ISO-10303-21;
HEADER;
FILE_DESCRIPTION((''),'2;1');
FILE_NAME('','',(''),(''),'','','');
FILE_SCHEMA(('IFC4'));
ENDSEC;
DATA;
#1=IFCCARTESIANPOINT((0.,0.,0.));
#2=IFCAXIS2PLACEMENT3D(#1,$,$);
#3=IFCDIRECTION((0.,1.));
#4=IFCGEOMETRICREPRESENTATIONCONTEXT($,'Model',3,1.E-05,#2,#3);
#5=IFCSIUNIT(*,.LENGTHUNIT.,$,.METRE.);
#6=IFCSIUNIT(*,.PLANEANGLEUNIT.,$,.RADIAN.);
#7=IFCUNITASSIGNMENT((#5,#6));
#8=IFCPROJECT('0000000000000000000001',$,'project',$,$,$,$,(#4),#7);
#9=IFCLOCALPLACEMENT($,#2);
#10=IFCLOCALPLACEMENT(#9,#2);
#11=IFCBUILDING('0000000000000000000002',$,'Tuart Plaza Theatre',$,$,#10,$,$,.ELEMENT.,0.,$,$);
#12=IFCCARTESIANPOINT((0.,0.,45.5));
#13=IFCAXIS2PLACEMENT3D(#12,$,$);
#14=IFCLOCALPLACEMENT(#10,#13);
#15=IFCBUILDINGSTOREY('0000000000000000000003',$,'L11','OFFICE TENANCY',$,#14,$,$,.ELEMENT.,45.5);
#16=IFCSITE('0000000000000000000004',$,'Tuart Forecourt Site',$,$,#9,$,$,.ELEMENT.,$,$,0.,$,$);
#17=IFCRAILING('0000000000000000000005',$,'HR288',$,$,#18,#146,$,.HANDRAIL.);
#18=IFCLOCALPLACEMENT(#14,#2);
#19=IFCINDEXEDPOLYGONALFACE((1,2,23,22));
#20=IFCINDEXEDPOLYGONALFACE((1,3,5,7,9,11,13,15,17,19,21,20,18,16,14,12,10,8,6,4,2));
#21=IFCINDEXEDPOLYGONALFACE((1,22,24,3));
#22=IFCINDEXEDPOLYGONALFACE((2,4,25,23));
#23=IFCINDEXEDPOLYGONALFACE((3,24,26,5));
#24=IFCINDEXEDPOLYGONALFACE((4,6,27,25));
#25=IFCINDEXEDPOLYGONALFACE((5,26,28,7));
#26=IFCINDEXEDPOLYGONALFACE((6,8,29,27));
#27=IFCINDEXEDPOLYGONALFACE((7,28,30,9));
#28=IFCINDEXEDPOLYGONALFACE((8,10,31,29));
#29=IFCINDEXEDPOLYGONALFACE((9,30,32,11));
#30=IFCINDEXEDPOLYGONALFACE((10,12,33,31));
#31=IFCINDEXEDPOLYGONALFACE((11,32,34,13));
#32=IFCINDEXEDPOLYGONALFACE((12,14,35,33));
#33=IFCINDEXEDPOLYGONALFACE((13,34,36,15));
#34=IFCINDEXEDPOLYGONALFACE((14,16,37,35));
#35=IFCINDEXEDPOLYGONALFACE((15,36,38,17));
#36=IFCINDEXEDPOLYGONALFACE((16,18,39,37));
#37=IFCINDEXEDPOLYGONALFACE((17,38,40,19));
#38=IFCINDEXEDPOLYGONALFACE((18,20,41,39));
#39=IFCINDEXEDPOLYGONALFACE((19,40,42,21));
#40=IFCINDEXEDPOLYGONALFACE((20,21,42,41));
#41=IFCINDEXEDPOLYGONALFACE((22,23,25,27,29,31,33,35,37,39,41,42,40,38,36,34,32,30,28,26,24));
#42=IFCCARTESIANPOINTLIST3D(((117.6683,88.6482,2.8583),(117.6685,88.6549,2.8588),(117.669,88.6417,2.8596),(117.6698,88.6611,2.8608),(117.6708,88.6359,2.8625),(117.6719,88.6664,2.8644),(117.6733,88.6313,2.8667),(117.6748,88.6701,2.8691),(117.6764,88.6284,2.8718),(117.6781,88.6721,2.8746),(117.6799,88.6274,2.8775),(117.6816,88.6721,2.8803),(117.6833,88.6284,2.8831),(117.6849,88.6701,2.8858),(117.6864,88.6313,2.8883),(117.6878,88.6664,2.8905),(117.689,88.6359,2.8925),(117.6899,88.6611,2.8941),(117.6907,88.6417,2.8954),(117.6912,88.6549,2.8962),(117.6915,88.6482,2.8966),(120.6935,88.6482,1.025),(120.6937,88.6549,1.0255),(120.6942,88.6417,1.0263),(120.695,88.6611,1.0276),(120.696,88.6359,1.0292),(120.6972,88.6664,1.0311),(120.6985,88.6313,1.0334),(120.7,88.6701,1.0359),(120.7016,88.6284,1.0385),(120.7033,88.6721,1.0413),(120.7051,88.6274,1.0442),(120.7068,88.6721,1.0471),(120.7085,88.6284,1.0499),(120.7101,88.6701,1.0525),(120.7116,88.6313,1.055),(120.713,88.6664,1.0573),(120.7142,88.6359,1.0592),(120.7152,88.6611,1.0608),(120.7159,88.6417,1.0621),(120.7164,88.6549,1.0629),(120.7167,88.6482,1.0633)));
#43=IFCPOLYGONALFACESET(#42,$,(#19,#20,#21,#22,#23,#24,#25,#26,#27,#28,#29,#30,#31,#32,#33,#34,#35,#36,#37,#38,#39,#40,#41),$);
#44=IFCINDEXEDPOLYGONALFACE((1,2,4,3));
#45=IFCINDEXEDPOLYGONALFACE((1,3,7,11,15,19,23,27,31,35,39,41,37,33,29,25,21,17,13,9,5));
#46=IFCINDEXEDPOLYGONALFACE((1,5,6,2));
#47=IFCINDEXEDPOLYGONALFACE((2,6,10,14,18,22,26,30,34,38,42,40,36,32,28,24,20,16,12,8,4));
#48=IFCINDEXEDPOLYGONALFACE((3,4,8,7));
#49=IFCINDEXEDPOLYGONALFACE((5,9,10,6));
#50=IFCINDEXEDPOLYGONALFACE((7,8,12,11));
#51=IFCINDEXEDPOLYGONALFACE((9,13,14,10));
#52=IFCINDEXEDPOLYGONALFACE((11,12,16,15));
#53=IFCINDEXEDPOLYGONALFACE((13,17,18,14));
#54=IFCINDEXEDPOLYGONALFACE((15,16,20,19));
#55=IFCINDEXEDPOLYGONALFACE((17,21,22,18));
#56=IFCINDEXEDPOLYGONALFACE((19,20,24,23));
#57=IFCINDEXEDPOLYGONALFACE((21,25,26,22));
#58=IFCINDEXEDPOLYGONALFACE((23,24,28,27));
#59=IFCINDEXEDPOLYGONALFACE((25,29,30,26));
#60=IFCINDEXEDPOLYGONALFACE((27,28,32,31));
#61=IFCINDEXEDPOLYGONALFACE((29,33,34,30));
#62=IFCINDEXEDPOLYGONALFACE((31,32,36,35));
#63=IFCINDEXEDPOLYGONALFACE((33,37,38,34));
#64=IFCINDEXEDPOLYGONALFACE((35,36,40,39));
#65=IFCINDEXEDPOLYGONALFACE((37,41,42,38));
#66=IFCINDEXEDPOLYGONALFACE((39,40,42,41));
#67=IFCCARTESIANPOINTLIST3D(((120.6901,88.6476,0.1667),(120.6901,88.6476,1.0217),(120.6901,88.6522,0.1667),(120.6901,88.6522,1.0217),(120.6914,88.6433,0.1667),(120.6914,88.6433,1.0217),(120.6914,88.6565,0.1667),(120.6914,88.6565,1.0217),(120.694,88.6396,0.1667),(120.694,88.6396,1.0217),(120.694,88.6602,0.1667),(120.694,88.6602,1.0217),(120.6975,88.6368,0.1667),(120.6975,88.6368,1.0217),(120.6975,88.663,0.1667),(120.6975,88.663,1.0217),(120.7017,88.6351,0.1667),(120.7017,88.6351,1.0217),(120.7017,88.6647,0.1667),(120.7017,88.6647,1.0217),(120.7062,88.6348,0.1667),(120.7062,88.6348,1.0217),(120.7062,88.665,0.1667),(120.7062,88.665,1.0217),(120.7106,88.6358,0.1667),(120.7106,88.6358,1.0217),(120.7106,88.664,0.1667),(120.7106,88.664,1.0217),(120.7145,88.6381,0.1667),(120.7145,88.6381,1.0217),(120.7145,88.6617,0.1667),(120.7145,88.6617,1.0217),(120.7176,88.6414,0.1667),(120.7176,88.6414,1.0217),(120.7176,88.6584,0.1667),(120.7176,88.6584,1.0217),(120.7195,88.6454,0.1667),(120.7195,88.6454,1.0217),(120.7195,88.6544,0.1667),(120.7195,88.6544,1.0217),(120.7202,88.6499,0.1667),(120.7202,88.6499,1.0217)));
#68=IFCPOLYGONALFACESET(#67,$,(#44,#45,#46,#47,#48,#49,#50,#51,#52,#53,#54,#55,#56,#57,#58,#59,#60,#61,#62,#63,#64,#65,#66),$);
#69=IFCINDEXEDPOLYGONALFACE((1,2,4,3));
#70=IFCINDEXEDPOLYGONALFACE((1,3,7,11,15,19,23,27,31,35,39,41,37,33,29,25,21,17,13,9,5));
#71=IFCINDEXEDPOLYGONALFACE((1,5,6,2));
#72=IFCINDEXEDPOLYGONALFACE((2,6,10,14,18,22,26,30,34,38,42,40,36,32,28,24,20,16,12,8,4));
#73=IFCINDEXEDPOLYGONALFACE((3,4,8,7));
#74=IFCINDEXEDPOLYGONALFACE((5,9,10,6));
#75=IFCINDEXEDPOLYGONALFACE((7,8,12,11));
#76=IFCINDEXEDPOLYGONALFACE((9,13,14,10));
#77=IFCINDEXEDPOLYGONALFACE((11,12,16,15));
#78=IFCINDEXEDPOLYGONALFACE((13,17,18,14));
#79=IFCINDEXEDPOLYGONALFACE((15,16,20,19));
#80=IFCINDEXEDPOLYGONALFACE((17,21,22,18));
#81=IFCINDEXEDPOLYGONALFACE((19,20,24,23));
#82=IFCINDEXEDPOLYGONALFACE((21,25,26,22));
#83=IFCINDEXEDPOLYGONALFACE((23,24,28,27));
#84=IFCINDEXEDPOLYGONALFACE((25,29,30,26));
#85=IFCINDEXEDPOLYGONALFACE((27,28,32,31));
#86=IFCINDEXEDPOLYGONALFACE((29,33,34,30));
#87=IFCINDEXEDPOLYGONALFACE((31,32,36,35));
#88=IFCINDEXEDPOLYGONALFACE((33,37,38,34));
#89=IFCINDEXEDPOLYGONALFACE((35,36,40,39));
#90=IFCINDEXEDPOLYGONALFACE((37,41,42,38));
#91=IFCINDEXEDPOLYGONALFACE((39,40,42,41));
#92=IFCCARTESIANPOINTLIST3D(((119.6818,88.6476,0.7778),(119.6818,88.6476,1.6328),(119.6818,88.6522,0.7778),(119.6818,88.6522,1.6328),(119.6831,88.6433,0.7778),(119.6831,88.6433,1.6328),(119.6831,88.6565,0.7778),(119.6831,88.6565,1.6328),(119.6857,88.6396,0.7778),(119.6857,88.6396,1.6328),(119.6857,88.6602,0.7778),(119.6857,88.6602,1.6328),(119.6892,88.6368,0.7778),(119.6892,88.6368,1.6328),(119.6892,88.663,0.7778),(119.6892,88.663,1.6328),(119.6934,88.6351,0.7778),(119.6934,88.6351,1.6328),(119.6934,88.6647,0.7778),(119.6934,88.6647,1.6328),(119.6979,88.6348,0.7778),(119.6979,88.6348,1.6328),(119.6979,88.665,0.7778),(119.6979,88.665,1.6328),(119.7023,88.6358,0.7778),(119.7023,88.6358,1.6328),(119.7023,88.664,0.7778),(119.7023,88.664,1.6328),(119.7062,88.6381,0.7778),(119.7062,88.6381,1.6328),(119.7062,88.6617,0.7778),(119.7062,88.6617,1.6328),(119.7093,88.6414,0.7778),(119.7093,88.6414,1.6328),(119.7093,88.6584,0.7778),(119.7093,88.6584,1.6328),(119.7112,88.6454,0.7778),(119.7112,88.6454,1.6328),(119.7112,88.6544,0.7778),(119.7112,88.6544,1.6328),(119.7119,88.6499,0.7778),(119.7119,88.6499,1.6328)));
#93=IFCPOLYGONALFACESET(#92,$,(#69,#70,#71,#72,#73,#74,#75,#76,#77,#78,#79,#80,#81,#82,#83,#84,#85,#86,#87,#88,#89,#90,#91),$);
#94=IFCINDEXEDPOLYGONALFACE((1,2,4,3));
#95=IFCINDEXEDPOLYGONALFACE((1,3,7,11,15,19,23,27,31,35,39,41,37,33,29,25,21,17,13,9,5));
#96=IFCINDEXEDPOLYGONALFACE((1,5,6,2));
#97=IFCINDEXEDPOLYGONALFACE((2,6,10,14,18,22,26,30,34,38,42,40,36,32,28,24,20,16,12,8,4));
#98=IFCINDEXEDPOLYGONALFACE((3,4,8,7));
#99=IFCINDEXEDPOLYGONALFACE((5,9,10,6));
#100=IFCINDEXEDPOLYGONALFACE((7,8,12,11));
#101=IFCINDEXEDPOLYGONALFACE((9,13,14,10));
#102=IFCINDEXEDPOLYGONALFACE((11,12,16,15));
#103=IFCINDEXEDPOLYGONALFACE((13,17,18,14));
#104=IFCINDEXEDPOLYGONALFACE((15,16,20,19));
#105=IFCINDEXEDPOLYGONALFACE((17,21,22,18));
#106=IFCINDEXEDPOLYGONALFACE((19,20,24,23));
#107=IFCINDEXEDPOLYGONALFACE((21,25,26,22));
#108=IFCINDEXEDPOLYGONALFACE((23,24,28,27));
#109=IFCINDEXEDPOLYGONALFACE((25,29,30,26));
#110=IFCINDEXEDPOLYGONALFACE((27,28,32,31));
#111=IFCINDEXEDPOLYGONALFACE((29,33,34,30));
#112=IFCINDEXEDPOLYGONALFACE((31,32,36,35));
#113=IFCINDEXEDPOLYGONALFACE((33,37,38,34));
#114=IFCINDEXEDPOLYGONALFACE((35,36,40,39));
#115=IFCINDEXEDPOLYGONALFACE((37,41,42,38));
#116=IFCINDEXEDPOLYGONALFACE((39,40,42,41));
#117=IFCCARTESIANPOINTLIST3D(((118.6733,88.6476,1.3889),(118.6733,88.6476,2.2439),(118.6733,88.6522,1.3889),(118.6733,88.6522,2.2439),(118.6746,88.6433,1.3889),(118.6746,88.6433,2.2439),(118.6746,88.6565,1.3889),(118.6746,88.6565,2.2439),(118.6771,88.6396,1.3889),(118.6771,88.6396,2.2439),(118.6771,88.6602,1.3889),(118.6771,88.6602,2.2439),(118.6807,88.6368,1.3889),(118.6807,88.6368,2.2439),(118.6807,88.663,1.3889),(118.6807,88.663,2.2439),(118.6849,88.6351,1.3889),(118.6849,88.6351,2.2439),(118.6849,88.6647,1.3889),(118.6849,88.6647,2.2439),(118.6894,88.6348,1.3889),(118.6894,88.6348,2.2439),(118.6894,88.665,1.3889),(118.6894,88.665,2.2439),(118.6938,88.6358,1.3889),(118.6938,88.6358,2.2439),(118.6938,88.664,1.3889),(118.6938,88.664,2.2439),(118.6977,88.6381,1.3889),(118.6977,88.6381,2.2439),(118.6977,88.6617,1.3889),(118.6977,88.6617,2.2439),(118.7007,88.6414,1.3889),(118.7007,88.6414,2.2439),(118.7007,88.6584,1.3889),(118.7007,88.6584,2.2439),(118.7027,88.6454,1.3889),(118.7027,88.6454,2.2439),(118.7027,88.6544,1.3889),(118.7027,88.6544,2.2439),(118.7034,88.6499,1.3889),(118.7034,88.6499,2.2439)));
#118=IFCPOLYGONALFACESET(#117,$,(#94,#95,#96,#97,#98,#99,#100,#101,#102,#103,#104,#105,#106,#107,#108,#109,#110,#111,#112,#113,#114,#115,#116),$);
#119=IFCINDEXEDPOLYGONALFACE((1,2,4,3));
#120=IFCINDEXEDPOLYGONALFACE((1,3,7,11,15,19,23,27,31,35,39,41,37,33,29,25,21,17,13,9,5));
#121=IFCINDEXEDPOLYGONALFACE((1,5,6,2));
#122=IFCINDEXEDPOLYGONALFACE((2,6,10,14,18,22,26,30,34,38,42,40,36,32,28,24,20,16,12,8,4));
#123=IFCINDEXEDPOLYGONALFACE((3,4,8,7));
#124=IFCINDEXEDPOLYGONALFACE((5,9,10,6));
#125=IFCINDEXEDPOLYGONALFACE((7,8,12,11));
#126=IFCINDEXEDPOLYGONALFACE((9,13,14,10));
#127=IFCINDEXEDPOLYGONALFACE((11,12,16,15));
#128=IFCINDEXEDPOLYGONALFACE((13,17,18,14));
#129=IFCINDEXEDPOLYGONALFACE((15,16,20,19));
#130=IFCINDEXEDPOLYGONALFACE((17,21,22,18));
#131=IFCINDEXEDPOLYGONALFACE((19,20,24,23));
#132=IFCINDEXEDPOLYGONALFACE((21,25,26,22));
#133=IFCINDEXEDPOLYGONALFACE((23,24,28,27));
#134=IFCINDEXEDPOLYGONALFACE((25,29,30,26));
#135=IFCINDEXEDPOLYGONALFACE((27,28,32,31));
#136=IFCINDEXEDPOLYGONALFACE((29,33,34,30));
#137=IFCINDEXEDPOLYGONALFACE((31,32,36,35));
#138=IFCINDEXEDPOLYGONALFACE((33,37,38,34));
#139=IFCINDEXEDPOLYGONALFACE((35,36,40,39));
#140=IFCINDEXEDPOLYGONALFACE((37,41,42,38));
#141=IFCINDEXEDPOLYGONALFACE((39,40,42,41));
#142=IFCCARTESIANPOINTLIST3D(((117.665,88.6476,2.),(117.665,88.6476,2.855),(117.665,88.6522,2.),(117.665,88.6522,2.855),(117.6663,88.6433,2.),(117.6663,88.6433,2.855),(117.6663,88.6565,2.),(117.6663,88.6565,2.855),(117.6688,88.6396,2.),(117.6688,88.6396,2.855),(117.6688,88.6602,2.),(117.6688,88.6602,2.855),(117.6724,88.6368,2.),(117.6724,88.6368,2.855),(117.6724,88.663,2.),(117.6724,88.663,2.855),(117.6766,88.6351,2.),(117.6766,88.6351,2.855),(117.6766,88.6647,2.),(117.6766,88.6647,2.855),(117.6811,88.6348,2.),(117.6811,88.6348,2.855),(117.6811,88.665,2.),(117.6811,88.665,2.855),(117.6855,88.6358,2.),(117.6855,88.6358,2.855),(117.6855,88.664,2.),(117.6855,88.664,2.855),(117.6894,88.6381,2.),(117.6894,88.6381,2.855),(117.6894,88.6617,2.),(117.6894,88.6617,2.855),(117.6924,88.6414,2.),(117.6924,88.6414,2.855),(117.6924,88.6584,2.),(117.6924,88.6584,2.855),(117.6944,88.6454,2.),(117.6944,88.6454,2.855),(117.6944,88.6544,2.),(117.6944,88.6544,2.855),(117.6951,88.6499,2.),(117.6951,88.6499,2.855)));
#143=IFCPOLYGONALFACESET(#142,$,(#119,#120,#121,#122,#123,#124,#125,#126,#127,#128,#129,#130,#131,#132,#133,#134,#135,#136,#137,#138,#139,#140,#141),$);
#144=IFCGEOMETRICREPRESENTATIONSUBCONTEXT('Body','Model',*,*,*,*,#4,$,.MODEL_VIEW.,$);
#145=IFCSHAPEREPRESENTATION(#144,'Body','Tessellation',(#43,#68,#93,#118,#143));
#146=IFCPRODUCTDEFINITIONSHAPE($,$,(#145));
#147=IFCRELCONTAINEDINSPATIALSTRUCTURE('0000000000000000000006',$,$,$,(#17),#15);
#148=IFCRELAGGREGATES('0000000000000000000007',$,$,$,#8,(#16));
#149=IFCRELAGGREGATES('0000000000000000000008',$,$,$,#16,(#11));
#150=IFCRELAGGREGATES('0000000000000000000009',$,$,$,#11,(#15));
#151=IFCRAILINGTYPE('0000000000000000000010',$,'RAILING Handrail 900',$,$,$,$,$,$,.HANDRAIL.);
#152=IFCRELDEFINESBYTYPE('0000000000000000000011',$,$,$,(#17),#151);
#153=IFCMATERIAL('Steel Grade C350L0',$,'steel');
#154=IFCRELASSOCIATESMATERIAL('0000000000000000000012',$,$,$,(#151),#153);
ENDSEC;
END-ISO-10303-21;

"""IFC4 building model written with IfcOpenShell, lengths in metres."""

from ifc_helpers import new_model, si_unit, direction, frame, origin, origin_2d, place, context, subcontext, project, spatial, circle, extrude, material, type_object, element, save


model = new_model("IFC4")

# Units and contexts
model_context = context("Model", 3, precision=1e-05, world=origin(), true_north=direction((0.0, 1.0)))
body_context = subcontext(model_context, "Body", "Model", "MODEL_VIEW")
ifc_project = project(units=[si_unit("LENGTHUNIT", "METRE"), si_unit("PLANEANGLEUNIT", "RADIAN")], contexts=[model_context])

# Site, building, storey
site_placement = place(None, origin())
site = spatial("IfcSite", under=ifc_project, at=site_placement, Name="Tuart Forecourt Site", CompositionType="ELEMENT", RefElevation=0.0)
building_placement = place(site_placement, origin())
building = spatial("IfcBuilding", under=site, at=building_placement, Name="Tuart Plaza Theatre", CompositionType="ELEMENT", ElevationOfRefHeight=0.0)
storey_placement = place(building_placement, frame((0.0, 0.0, 45.5)))
storey = spatial("IfcBuildingStorey", under=building, at=storey_placement, Name="L11", Description="OFFICE TENANCY", CompositionType="ELEMENT", Elevation=45.5)

# Railing
ifc_material_1 = material(Name="Steel Grade C350L0", Category="steel")
railing_type_1 = type_object("IfcRailingType", Name="RAILING Handrail 900", PredefinedType="HANDRAIL", material=ifc_material_1)
for number, where, name in (
    (1, (120.7051, 88.6499, 0.1667), "HR288"),
):
    element("IfcRailing", number, at=place(storey_placement, frame(where)), inside=storey, type_object=railing_type_1, Name=name, PredefinedType="HANDRAIL", context=body_context, shape_type="SweptSolid", body=[
        extrude(circle(Radius=0.0225, at=origin_2d()), frame((0.0, 0.0, 0.8774), z_axis=(-0.855219, 0.0, 0.518267), x_axis=(0.0, -1.0, 0.0)), (0.0, 0.0, 1.0), 3.5374),
        extrude(circle(Radius=0.0151, at=origin_2d()), origin(), (0.0, 0.0, 1.0), 0.855),
        extrude(circle(Radius=0.0151, at=origin_2d()), frame((-1.0083, 0.0, 0.6111)), (0.0, 0.0, 1.0), 0.855),
        extrude(circle(Radius=0.0151, at=origin_2d()), frame((-2.0168, 0.0, 1.2222)), (0.0, 0.0, 1.0), 0.855),
        extrude(circle(Radius=0.0151, at=origin_2d()), frame((-3.0251, 0.0, 1.8333)), (0.0, 0.0, 1.0), 0.855),
    ])

save(model, "model.ifc")
